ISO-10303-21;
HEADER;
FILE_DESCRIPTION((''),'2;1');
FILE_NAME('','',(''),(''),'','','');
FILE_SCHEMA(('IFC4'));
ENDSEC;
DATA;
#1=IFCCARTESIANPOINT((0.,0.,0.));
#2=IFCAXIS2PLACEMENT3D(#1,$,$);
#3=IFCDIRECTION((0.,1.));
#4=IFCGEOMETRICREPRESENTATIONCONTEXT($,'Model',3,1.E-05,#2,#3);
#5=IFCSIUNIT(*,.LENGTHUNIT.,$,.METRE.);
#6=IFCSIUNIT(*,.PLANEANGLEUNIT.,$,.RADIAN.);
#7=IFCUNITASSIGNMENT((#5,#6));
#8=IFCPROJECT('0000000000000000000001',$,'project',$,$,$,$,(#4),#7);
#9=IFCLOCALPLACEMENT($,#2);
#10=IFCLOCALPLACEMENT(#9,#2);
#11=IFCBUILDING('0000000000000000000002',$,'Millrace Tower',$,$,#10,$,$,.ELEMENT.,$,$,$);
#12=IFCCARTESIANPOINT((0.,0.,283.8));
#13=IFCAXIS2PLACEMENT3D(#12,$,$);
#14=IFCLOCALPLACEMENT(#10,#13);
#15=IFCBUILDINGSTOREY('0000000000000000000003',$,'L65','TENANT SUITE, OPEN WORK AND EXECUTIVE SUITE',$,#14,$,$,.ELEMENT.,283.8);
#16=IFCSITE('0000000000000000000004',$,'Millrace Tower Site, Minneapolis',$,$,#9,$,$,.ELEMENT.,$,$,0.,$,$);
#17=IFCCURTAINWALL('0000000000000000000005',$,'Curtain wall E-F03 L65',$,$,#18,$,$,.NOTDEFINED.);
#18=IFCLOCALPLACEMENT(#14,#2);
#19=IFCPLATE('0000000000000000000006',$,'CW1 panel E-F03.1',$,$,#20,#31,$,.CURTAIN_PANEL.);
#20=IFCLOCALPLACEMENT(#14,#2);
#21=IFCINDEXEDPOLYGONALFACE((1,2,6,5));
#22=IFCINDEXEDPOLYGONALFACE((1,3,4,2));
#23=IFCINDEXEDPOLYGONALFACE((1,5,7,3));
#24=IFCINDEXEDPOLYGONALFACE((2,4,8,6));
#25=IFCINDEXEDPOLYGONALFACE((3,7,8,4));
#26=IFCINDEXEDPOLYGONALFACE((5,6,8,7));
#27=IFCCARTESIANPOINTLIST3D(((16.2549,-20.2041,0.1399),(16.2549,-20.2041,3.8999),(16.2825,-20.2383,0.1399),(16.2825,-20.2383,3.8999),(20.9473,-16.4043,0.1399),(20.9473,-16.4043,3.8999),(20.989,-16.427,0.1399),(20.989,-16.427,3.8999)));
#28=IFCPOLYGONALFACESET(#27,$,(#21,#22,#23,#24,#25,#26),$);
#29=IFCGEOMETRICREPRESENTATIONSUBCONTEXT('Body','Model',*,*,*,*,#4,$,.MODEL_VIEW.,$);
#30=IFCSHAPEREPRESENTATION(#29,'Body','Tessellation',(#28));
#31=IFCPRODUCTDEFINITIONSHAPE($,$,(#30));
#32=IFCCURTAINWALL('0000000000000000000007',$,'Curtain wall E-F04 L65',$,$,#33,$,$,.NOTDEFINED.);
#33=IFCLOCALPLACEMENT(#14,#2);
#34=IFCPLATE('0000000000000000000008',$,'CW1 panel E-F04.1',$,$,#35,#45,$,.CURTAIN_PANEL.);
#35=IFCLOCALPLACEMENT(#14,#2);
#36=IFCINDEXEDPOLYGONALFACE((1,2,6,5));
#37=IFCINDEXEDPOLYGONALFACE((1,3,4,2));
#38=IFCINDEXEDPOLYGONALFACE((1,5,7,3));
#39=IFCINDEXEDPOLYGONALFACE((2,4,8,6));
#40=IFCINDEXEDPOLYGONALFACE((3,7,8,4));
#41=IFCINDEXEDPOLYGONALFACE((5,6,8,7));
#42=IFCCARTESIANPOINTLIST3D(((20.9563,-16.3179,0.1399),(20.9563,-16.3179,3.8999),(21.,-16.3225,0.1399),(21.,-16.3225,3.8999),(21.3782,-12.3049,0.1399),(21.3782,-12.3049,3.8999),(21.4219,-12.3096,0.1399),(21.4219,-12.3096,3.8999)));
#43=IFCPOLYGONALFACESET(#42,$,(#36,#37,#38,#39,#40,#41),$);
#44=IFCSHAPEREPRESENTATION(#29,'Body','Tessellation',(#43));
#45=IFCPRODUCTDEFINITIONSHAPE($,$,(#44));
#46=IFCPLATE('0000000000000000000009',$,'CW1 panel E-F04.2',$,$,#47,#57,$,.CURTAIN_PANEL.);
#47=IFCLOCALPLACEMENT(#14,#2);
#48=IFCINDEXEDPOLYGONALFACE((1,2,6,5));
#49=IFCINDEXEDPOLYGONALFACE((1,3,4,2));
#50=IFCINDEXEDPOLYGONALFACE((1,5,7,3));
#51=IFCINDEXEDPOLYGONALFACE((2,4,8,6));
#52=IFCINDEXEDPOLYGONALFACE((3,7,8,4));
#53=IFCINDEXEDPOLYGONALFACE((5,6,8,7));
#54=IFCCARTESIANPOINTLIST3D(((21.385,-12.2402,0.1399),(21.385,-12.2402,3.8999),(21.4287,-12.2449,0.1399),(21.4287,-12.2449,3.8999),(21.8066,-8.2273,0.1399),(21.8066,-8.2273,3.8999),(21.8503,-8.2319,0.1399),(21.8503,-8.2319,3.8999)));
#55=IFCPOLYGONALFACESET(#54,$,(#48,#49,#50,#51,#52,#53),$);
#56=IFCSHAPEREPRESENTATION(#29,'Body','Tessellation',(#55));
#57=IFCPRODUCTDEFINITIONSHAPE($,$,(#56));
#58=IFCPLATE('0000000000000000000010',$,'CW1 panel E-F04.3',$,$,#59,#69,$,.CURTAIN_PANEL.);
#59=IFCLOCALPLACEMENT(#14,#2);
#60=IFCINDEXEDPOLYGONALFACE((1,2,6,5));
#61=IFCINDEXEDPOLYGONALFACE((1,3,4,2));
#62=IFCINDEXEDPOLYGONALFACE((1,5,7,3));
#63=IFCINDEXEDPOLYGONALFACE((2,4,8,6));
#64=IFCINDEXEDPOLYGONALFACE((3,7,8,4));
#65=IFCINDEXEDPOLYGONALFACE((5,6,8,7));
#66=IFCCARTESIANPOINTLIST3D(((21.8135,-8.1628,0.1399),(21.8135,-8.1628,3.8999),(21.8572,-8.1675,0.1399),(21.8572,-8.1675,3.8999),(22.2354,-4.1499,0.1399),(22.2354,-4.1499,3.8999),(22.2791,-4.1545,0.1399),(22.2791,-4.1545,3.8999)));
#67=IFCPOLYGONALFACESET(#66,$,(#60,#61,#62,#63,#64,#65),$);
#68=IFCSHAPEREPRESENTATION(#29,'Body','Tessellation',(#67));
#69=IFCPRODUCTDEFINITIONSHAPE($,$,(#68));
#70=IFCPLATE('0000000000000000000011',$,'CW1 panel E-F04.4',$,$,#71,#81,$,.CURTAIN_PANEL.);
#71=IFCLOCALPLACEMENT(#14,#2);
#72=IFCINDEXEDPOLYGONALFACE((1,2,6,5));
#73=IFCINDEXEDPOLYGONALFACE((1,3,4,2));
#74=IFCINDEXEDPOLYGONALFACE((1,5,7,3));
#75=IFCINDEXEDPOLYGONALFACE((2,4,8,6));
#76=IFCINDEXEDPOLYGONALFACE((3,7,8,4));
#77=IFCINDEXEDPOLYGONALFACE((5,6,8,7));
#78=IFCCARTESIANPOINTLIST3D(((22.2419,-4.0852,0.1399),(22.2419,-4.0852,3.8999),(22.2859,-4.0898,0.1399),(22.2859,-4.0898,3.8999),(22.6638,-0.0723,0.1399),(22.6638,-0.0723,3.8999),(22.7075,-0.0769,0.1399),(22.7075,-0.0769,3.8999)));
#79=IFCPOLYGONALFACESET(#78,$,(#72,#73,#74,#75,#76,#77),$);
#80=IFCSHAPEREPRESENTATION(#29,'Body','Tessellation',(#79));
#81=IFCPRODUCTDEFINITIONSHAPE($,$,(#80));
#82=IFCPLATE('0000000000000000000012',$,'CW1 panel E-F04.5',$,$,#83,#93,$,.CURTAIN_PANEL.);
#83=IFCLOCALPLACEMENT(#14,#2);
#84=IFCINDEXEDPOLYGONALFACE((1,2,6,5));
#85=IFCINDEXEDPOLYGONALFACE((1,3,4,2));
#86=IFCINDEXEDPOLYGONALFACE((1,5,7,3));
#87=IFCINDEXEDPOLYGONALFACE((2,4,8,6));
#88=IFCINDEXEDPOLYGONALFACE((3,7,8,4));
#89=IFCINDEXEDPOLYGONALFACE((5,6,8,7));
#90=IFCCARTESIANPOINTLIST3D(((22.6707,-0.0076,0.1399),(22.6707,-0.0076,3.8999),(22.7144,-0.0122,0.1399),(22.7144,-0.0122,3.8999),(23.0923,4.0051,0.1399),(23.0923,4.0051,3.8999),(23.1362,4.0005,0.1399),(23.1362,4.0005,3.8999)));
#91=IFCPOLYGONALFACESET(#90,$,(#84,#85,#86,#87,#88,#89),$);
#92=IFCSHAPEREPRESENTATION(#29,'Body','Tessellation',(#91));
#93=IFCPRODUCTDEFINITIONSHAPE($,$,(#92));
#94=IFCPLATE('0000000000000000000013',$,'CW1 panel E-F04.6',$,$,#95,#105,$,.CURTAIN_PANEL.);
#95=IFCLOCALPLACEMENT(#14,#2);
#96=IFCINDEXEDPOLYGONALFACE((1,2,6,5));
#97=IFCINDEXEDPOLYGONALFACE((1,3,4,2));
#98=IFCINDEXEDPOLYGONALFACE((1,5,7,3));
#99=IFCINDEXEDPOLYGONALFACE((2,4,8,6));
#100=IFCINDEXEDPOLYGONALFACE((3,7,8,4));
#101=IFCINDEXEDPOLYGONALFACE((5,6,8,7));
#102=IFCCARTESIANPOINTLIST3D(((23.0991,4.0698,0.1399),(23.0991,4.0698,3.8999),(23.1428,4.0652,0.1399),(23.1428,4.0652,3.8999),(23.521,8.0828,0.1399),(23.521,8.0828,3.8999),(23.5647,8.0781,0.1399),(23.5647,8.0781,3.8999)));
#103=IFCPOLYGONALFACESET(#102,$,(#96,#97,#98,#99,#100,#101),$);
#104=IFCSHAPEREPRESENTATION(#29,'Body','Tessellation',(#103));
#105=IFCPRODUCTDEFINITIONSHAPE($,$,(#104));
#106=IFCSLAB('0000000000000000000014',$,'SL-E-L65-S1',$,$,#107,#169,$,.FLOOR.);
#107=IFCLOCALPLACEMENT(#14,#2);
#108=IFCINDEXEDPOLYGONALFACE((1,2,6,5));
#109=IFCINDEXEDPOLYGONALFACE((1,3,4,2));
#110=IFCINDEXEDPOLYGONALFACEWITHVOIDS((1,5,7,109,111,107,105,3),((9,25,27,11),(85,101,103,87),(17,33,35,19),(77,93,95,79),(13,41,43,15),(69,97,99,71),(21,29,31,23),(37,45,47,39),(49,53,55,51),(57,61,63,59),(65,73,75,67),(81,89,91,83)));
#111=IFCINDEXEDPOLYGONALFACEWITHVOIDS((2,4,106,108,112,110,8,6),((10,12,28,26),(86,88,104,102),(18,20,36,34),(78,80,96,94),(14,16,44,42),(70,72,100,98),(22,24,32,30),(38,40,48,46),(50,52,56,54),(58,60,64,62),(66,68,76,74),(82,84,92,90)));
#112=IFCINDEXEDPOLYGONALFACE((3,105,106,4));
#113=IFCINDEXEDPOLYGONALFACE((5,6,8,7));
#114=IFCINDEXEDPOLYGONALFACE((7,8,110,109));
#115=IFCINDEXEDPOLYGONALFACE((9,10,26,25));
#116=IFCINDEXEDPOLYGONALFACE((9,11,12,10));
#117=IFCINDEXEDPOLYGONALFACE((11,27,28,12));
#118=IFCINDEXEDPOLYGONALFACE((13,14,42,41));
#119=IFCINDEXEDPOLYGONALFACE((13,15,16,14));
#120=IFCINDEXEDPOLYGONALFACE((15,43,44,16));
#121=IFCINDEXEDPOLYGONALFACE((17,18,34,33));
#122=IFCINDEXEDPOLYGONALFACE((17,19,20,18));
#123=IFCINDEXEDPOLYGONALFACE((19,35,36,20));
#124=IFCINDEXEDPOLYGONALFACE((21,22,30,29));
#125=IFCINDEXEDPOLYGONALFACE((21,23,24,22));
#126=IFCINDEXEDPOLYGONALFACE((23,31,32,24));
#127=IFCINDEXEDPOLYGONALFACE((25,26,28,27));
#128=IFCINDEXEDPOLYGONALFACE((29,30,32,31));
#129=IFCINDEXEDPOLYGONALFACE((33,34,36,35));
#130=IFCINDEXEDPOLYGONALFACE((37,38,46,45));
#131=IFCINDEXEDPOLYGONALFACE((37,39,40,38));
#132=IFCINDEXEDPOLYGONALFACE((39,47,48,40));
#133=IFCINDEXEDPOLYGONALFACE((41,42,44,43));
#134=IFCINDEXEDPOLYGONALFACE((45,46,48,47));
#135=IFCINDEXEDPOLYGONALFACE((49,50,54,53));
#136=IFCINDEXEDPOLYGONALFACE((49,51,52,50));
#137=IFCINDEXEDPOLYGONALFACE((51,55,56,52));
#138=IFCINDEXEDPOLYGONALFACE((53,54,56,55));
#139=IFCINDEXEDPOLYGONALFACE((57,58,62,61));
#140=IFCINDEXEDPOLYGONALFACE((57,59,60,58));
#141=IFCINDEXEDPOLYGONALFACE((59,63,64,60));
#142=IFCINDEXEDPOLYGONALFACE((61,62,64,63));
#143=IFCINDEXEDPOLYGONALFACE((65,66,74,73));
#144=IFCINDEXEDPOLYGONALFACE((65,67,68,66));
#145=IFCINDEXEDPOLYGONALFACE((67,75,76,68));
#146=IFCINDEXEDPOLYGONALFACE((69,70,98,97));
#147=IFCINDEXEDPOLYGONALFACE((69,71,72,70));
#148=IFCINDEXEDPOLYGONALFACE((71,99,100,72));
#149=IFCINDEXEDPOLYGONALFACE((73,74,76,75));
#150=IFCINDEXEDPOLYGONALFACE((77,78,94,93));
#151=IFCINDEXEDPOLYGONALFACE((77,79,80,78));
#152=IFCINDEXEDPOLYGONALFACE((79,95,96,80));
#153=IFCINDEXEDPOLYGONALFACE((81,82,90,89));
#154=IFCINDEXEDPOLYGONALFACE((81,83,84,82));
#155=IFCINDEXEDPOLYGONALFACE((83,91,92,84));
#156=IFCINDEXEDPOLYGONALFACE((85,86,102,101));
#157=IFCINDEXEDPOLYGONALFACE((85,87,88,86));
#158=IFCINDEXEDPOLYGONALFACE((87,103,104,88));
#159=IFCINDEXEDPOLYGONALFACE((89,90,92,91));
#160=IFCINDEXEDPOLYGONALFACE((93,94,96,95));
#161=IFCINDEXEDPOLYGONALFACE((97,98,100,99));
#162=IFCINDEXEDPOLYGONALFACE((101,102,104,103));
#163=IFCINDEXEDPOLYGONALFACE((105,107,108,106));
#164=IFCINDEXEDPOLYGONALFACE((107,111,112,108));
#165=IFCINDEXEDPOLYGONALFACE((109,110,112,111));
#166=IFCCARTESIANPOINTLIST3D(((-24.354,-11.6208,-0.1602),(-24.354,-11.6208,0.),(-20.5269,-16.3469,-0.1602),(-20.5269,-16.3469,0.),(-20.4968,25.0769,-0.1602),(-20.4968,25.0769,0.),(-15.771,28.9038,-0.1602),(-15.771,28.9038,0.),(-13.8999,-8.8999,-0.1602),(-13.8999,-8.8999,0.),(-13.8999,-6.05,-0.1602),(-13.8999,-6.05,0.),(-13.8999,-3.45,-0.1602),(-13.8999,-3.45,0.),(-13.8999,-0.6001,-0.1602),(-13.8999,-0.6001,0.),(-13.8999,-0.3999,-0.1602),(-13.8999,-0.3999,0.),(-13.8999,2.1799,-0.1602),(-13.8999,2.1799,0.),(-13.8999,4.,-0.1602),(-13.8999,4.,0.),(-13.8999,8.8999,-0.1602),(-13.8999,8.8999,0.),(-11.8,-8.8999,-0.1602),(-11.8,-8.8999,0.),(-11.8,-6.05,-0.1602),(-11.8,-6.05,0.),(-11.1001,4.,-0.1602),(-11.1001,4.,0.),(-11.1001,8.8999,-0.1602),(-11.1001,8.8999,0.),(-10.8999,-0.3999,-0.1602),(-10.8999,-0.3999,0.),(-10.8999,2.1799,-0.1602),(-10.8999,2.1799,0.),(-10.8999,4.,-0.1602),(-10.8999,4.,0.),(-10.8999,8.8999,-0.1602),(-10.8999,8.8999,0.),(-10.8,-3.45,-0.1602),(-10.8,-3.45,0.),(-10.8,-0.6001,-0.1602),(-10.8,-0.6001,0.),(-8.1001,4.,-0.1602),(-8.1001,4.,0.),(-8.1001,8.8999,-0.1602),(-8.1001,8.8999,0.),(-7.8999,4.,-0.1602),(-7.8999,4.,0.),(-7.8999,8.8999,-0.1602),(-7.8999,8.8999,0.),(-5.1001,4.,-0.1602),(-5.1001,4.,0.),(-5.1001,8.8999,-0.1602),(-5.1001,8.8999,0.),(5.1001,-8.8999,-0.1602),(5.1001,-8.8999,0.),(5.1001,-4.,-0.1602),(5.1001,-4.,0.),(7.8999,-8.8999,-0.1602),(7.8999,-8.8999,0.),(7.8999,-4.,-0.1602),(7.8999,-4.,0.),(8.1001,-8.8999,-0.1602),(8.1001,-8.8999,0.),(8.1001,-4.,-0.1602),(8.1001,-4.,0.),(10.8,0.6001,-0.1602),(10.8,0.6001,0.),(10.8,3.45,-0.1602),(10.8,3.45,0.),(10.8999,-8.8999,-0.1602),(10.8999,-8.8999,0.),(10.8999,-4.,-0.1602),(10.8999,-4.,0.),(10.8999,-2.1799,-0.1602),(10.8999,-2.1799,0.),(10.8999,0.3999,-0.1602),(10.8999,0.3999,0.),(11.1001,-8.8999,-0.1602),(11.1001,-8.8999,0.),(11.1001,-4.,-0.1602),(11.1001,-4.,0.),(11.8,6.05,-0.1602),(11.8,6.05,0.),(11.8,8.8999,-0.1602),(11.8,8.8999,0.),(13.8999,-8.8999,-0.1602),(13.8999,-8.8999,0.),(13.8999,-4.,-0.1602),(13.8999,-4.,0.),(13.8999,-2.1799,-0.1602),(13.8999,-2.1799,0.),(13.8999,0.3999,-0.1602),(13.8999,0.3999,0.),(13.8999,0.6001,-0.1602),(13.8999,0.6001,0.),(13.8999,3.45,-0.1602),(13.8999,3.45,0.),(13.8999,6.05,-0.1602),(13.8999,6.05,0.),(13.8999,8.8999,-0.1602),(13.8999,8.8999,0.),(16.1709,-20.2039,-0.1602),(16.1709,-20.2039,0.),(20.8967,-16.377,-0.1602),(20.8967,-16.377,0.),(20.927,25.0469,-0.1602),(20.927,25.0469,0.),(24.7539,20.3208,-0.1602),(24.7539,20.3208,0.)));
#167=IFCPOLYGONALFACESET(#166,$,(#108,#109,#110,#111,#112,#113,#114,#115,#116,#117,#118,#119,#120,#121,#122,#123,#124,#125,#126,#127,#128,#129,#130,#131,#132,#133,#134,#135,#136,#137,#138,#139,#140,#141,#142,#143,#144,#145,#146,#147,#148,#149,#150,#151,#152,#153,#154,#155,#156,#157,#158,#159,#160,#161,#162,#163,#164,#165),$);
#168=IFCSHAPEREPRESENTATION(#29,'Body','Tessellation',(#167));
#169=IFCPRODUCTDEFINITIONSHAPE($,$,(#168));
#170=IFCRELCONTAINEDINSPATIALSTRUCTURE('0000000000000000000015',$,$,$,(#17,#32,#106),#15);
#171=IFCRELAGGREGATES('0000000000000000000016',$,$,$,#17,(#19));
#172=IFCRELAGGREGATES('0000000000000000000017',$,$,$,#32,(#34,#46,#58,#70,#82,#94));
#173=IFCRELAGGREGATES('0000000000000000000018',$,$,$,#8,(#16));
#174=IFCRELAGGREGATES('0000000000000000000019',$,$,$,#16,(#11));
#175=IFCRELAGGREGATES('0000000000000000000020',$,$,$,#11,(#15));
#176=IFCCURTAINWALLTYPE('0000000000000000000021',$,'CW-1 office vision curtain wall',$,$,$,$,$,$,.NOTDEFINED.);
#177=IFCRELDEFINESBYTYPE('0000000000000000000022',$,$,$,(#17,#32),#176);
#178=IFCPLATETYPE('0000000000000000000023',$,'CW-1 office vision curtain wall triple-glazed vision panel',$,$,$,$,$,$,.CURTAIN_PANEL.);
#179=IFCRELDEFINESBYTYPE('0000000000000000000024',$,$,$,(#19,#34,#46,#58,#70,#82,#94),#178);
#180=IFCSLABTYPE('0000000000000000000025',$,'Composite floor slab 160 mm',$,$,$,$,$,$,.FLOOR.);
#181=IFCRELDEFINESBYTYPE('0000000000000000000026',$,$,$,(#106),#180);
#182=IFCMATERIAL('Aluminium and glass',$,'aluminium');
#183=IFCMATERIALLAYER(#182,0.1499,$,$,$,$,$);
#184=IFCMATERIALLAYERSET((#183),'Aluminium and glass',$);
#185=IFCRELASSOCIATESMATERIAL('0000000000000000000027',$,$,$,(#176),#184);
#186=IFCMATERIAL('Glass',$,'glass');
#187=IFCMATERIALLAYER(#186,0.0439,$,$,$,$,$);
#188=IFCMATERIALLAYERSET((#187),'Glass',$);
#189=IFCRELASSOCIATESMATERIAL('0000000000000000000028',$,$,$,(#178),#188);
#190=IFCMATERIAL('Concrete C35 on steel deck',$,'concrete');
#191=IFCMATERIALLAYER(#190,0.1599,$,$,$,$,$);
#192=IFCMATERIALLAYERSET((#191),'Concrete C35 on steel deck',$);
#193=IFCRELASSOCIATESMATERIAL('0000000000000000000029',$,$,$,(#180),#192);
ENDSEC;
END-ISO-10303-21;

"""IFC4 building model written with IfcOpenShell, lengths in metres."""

from ifc_helpers import new_model, si_unit, direction, frame, origin, place, context, subcontext, project, spatial, polyline, outline, extrude, material, layer, layer_set, type_object, element, aggregate, save


model = new_model("IFC4")

# Units and contexts
model_context = context("Model", 3, precision=1e-05, world=origin(), true_north=direction((0.0, 1.0)))
body_context = subcontext(model_context, "Body", "Model", "MODEL_VIEW")
ifc_project = project(units=[si_unit("LENGTHUNIT", "METRE"), si_unit("PLANEANGLEUNIT", "RADIAN")], contexts=[model_context])

# Site, building, storey
site_placement = place(None, origin())
site = spatial("IfcSite", under=ifc_project, at=site_placement, Name="Millrace Tower Site, Minneapolis", CompositionType="ELEMENT", RefElevation=0.0)
building_placement = place(site_placement, origin())
building = spatial("IfcBuilding", under=site, at=building_placement, Name="Millrace Tower", CompositionType="ELEMENT")
storey_placement = place(building_placement, frame((0.0, 0.0, 283.8)))
storey = spatial("IfcBuildingStorey", under=building, at=storey_placement, Name="L65", Description="TENANT SUITE, OPEN WORK AND EXECUTIVE SUITE", CompositionType="ELEMENT", Elevation=283.8)

# Shared definitions
ifc_material_1 = material(Name="Aluminium and glass", Category="aluminium")
ifc_layer_1 = layer(ifc_material_1, 0.1499)
ifc_layer_set_1 = layer_set([ifc_layer_1], Name="Aluminium and glass")
curtain_wall_type = type_object("IfcCurtainWallType", Name="CW-1 office vision curtain wall", PredefinedType="NOTDEFINED", material=ifc_layer_set_1)
placement_1 = place(storey_placement, origin())
ifc_material_2 = material(Name="Glass", Category="glass")
ifc_layer_2 = layer(ifc_material_2, 0.0439)
ifc_layer_set_2 = layer_set([ifc_layer_2], Name="Glass")
plate_type = type_object("IfcPlateType", Name="CW-1 office vision curtain wall triple-glazed vision panel", PredefinedType="CURTAIN_PANEL", material=ifc_layer_set_2)
placement_2 = place(storey_placement, frame((0.0, 0.0, 0.1399)))

# Curtain wall, plate
curtain_wall_1 = element("IfcCurtainWall", 1, at=placement_1, inside=storey, type_object=curtain_wall_type, Name="Curtain wall E-F03 L65", PredefinedType="NOTDEFINED")
plate_1 = element("IfcPlate", 2, at=placement_2, type_object=plate_type, Name="CW1 panel E-F03.1", PredefinedType="CURTAIN_PANEL", context=body_context, shape_type="SweptSolid", body=[
    extrude(outline(polyline([(16.2825, -20.2383), (20.989, -16.427), (20.9473, -16.4043), (16.2549, -20.2041), (16.2825, -20.2383)])), origin(), (0.0, 0.0, 1.0), 3.76),
])
aggregate(curtain_wall_1, [plate_1])

# Curtain wall, plates
curtain_wall_2 = element("IfcCurtainWall", 3, at=placement_1, inside=storey, type_object=curtain_wall_type, Name="Curtain wall E-F04 L65", PredefinedType="NOTDEFINED")
plate_2 = element("IfcPlate", 4, at=placement_2, type_object=plate_type, Name="CW1 panel E-F04.1", PredefinedType="CURTAIN_PANEL", context=body_context, shape_type="SweptSolid", body=[
    extrude(outline(polyline([(21.0, -16.3225), (21.4219, -12.3096), (21.3782, -12.3049), (20.9563, -16.3179), (21.0, -16.3225)])), origin(), (0.0, 0.0, 1.0), 3.76),
])
plate_3 = element("IfcPlate", 5, at=placement_2, type_object=plate_type, Name="CW1 panel E-F04.2", PredefinedType="CURTAIN_PANEL", context=body_context, shape_type="SweptSolid", body=[
    extrude(outline(polyline([(21.4287, -12.2449), (21.8503, -8.2319), (21.8066, -8.2273), (21.385, -12.2402), (21.4287, -12.2449)])), origin(), (0.0, 0.0, 1.0), 3.76),
])
plate_4 = element("IfcPlate", 6, at=placement_2, type_object=plate_type, Name="CW1 panel E-F04.3", PredefinedType="CURTAIN_PANEL", context=body_context, shape_type="SweptSolid", body=[
    extrude(outline(polyline([(21.8572, -8.1675), (22.2791, -4.1545), (22.2354, -4.1499), (21.8135, -8.1628), (21.8572, -8.1675)])), origin(), (0.0, 0.0, 1.0), 3.76),
])
plate_5 = element("IfcPlate", 7, at=placement_2, type_object=plate_type, Name="CW1 panel E-F04.4", PredefinedType="CURTAIN_PANEL", context=body_context, shape_type="SweptSolid", body=[
    extrude(outline(polyline([(22.2859, -4.0898), (22.7075, -0.0769), (22.6638, -0.0723), (22.2419, -4.0852), (22.2859, -4.0898)])), origin(), (0.0, 0.0, 1.0), 3.76),
])
plate_6 = element("IfcPlate", 8, at=placement_2, type_object=plate_type, Name="CW1 panel E-F04.5", PredefinedType="CURTAIN_PANEL", context=body_context, shape_type="SweptSolid", body=[
    extrude(outline(polyline([(22.7144, -0.0122), (23.1362, 4.0005), (23.0923, 4.0051), (22.6707, -0.0076), (22.7144, -0.0122)])), origin(), (0.0, 0.0, 1.0), 3.76),
])
plate_7 = element("IfcPlate", 9, at=placement_2, type_object=plate_type, Name="CW1 panel E-F04.6", PredefinedType="CURTAIN_PANEL", context=body_context, shape_type="SweptSolid", body=[
    extrude(outline(polyline([(23.1428, 4.0652), (23.5647, 8.0781), (23.521, 8.0828), (23.0991, 4.0698), (23.1428, 4.0652)])), origin(), (0.0, 0.0, 1.0), 3.76),
])
aggregate(curtain_wall_2, [plate_2, plate_3, plate_4, plate_5, plate_6, plate_7])

# Slab
ifc_material_3 = material(Name="Concrete C35 on steel deck", Category="concrete")
ifc_layer_3 = layer(ifc_material_3, 0.1599)
ifc_layer_set_3 = layer_set([ifc_layer_3], Name="Concrete C35 on steel deck")
slab_type = type_object("IfcSlabType", Name="Composite floor slab 160 mm", PredefinedType="FLOOR", material=ifc_layer_set_3)
slab_placement = place(storey_placement, frame((0.0, 0.0, -0.1602)))
element("IfcSlab", 10, at=slab_placement, inside=storey, type_object=slab_type, Name="SL-E-L65-S1", PredefinedType="FLOOR", context=body_context, shape_type="SweptSolid", body=[
    extrude(outline(polyline([(-24.354, -11.6208), (-20.5269, -16.3469), (16.1709, -20.2039), (20.8967, -16.377), (24.7539, 20.3208), (20.927, 25.0469), (-15.771, 28.9038), (-20.4968, 25.0769), (-24.354, -11.6208)]), holes=[polyline([(-13.8999, -8.8999), (-11.8, -8.8999), (-11.8, -6.05), (-13.8999, -6.05), (-13.8999, -8.8999)]), polyline([(-13.8999, -3.45), (-10.8, -3.45), (-10.8, -0.6001), (-13.8999, -0.6001), (-13.8999, -3.45)]), polyline([(-13.8999, -0.3999), (-10.8999, -0.3999), (-10.8999, 2.1799), (-13.8999, 2.1799), (-13.8999, -0.3999)]), polyline([(-13.8999, 4.0), (-11.1001, 4.0), (-11.1001, 8.8999), (-13.8999, 8.8999), (-13.8999, 4.0)]), polyline([(-10.8999, 4.0), (-8.1001, 4.0), (-8.1001, 8.8999), (-10.8999, 8.8999), (-10.8999, 4.0)]), polyline([(-7.8999, 4.0), (-5.1001, 4.0), (-5.1001, 8.8999), (-7.8999, 8.8999), (-7.8999, 4.0)]), polyline([(11.8, 6.05), (13.8999, 6.05), (13.8999, 8.8999), (11.8, 8.8999), (11.8, 6.05)]), polyline([(10.8, 0.6001), (13.8999, 0.6001), (13.8999, 3.45), (10.8, 3.45), (10.8, 0.6001)]), polyline([(10.8999, -2.1799), (13.8999, -2.1799), (13.8999, 0.3999), (10.8999, 0.3999), (10.8999, -2.1799)]), polyline([(11.1001, -8.8999), (13.8999, -8.8999), (13.8999, -4.0), (11.1001, -4.0), (11.1001, -8.8999)]), polyline([(8.1001, -8.8999), (10.8999, -8.8999), (10.8999, -4.0), (8.1001, -4.0), (8.1001, -8.8999)]), polyline([(5.1001, -8.8999), (7.8999, -8.8999), (7.8999, -4.0), (5.1001, -4.0), (5.1001, -8.8999)])]), origin(), (0.0, 0.0, 1.0), 0.1602),
])

save(model, "model.ifc")
